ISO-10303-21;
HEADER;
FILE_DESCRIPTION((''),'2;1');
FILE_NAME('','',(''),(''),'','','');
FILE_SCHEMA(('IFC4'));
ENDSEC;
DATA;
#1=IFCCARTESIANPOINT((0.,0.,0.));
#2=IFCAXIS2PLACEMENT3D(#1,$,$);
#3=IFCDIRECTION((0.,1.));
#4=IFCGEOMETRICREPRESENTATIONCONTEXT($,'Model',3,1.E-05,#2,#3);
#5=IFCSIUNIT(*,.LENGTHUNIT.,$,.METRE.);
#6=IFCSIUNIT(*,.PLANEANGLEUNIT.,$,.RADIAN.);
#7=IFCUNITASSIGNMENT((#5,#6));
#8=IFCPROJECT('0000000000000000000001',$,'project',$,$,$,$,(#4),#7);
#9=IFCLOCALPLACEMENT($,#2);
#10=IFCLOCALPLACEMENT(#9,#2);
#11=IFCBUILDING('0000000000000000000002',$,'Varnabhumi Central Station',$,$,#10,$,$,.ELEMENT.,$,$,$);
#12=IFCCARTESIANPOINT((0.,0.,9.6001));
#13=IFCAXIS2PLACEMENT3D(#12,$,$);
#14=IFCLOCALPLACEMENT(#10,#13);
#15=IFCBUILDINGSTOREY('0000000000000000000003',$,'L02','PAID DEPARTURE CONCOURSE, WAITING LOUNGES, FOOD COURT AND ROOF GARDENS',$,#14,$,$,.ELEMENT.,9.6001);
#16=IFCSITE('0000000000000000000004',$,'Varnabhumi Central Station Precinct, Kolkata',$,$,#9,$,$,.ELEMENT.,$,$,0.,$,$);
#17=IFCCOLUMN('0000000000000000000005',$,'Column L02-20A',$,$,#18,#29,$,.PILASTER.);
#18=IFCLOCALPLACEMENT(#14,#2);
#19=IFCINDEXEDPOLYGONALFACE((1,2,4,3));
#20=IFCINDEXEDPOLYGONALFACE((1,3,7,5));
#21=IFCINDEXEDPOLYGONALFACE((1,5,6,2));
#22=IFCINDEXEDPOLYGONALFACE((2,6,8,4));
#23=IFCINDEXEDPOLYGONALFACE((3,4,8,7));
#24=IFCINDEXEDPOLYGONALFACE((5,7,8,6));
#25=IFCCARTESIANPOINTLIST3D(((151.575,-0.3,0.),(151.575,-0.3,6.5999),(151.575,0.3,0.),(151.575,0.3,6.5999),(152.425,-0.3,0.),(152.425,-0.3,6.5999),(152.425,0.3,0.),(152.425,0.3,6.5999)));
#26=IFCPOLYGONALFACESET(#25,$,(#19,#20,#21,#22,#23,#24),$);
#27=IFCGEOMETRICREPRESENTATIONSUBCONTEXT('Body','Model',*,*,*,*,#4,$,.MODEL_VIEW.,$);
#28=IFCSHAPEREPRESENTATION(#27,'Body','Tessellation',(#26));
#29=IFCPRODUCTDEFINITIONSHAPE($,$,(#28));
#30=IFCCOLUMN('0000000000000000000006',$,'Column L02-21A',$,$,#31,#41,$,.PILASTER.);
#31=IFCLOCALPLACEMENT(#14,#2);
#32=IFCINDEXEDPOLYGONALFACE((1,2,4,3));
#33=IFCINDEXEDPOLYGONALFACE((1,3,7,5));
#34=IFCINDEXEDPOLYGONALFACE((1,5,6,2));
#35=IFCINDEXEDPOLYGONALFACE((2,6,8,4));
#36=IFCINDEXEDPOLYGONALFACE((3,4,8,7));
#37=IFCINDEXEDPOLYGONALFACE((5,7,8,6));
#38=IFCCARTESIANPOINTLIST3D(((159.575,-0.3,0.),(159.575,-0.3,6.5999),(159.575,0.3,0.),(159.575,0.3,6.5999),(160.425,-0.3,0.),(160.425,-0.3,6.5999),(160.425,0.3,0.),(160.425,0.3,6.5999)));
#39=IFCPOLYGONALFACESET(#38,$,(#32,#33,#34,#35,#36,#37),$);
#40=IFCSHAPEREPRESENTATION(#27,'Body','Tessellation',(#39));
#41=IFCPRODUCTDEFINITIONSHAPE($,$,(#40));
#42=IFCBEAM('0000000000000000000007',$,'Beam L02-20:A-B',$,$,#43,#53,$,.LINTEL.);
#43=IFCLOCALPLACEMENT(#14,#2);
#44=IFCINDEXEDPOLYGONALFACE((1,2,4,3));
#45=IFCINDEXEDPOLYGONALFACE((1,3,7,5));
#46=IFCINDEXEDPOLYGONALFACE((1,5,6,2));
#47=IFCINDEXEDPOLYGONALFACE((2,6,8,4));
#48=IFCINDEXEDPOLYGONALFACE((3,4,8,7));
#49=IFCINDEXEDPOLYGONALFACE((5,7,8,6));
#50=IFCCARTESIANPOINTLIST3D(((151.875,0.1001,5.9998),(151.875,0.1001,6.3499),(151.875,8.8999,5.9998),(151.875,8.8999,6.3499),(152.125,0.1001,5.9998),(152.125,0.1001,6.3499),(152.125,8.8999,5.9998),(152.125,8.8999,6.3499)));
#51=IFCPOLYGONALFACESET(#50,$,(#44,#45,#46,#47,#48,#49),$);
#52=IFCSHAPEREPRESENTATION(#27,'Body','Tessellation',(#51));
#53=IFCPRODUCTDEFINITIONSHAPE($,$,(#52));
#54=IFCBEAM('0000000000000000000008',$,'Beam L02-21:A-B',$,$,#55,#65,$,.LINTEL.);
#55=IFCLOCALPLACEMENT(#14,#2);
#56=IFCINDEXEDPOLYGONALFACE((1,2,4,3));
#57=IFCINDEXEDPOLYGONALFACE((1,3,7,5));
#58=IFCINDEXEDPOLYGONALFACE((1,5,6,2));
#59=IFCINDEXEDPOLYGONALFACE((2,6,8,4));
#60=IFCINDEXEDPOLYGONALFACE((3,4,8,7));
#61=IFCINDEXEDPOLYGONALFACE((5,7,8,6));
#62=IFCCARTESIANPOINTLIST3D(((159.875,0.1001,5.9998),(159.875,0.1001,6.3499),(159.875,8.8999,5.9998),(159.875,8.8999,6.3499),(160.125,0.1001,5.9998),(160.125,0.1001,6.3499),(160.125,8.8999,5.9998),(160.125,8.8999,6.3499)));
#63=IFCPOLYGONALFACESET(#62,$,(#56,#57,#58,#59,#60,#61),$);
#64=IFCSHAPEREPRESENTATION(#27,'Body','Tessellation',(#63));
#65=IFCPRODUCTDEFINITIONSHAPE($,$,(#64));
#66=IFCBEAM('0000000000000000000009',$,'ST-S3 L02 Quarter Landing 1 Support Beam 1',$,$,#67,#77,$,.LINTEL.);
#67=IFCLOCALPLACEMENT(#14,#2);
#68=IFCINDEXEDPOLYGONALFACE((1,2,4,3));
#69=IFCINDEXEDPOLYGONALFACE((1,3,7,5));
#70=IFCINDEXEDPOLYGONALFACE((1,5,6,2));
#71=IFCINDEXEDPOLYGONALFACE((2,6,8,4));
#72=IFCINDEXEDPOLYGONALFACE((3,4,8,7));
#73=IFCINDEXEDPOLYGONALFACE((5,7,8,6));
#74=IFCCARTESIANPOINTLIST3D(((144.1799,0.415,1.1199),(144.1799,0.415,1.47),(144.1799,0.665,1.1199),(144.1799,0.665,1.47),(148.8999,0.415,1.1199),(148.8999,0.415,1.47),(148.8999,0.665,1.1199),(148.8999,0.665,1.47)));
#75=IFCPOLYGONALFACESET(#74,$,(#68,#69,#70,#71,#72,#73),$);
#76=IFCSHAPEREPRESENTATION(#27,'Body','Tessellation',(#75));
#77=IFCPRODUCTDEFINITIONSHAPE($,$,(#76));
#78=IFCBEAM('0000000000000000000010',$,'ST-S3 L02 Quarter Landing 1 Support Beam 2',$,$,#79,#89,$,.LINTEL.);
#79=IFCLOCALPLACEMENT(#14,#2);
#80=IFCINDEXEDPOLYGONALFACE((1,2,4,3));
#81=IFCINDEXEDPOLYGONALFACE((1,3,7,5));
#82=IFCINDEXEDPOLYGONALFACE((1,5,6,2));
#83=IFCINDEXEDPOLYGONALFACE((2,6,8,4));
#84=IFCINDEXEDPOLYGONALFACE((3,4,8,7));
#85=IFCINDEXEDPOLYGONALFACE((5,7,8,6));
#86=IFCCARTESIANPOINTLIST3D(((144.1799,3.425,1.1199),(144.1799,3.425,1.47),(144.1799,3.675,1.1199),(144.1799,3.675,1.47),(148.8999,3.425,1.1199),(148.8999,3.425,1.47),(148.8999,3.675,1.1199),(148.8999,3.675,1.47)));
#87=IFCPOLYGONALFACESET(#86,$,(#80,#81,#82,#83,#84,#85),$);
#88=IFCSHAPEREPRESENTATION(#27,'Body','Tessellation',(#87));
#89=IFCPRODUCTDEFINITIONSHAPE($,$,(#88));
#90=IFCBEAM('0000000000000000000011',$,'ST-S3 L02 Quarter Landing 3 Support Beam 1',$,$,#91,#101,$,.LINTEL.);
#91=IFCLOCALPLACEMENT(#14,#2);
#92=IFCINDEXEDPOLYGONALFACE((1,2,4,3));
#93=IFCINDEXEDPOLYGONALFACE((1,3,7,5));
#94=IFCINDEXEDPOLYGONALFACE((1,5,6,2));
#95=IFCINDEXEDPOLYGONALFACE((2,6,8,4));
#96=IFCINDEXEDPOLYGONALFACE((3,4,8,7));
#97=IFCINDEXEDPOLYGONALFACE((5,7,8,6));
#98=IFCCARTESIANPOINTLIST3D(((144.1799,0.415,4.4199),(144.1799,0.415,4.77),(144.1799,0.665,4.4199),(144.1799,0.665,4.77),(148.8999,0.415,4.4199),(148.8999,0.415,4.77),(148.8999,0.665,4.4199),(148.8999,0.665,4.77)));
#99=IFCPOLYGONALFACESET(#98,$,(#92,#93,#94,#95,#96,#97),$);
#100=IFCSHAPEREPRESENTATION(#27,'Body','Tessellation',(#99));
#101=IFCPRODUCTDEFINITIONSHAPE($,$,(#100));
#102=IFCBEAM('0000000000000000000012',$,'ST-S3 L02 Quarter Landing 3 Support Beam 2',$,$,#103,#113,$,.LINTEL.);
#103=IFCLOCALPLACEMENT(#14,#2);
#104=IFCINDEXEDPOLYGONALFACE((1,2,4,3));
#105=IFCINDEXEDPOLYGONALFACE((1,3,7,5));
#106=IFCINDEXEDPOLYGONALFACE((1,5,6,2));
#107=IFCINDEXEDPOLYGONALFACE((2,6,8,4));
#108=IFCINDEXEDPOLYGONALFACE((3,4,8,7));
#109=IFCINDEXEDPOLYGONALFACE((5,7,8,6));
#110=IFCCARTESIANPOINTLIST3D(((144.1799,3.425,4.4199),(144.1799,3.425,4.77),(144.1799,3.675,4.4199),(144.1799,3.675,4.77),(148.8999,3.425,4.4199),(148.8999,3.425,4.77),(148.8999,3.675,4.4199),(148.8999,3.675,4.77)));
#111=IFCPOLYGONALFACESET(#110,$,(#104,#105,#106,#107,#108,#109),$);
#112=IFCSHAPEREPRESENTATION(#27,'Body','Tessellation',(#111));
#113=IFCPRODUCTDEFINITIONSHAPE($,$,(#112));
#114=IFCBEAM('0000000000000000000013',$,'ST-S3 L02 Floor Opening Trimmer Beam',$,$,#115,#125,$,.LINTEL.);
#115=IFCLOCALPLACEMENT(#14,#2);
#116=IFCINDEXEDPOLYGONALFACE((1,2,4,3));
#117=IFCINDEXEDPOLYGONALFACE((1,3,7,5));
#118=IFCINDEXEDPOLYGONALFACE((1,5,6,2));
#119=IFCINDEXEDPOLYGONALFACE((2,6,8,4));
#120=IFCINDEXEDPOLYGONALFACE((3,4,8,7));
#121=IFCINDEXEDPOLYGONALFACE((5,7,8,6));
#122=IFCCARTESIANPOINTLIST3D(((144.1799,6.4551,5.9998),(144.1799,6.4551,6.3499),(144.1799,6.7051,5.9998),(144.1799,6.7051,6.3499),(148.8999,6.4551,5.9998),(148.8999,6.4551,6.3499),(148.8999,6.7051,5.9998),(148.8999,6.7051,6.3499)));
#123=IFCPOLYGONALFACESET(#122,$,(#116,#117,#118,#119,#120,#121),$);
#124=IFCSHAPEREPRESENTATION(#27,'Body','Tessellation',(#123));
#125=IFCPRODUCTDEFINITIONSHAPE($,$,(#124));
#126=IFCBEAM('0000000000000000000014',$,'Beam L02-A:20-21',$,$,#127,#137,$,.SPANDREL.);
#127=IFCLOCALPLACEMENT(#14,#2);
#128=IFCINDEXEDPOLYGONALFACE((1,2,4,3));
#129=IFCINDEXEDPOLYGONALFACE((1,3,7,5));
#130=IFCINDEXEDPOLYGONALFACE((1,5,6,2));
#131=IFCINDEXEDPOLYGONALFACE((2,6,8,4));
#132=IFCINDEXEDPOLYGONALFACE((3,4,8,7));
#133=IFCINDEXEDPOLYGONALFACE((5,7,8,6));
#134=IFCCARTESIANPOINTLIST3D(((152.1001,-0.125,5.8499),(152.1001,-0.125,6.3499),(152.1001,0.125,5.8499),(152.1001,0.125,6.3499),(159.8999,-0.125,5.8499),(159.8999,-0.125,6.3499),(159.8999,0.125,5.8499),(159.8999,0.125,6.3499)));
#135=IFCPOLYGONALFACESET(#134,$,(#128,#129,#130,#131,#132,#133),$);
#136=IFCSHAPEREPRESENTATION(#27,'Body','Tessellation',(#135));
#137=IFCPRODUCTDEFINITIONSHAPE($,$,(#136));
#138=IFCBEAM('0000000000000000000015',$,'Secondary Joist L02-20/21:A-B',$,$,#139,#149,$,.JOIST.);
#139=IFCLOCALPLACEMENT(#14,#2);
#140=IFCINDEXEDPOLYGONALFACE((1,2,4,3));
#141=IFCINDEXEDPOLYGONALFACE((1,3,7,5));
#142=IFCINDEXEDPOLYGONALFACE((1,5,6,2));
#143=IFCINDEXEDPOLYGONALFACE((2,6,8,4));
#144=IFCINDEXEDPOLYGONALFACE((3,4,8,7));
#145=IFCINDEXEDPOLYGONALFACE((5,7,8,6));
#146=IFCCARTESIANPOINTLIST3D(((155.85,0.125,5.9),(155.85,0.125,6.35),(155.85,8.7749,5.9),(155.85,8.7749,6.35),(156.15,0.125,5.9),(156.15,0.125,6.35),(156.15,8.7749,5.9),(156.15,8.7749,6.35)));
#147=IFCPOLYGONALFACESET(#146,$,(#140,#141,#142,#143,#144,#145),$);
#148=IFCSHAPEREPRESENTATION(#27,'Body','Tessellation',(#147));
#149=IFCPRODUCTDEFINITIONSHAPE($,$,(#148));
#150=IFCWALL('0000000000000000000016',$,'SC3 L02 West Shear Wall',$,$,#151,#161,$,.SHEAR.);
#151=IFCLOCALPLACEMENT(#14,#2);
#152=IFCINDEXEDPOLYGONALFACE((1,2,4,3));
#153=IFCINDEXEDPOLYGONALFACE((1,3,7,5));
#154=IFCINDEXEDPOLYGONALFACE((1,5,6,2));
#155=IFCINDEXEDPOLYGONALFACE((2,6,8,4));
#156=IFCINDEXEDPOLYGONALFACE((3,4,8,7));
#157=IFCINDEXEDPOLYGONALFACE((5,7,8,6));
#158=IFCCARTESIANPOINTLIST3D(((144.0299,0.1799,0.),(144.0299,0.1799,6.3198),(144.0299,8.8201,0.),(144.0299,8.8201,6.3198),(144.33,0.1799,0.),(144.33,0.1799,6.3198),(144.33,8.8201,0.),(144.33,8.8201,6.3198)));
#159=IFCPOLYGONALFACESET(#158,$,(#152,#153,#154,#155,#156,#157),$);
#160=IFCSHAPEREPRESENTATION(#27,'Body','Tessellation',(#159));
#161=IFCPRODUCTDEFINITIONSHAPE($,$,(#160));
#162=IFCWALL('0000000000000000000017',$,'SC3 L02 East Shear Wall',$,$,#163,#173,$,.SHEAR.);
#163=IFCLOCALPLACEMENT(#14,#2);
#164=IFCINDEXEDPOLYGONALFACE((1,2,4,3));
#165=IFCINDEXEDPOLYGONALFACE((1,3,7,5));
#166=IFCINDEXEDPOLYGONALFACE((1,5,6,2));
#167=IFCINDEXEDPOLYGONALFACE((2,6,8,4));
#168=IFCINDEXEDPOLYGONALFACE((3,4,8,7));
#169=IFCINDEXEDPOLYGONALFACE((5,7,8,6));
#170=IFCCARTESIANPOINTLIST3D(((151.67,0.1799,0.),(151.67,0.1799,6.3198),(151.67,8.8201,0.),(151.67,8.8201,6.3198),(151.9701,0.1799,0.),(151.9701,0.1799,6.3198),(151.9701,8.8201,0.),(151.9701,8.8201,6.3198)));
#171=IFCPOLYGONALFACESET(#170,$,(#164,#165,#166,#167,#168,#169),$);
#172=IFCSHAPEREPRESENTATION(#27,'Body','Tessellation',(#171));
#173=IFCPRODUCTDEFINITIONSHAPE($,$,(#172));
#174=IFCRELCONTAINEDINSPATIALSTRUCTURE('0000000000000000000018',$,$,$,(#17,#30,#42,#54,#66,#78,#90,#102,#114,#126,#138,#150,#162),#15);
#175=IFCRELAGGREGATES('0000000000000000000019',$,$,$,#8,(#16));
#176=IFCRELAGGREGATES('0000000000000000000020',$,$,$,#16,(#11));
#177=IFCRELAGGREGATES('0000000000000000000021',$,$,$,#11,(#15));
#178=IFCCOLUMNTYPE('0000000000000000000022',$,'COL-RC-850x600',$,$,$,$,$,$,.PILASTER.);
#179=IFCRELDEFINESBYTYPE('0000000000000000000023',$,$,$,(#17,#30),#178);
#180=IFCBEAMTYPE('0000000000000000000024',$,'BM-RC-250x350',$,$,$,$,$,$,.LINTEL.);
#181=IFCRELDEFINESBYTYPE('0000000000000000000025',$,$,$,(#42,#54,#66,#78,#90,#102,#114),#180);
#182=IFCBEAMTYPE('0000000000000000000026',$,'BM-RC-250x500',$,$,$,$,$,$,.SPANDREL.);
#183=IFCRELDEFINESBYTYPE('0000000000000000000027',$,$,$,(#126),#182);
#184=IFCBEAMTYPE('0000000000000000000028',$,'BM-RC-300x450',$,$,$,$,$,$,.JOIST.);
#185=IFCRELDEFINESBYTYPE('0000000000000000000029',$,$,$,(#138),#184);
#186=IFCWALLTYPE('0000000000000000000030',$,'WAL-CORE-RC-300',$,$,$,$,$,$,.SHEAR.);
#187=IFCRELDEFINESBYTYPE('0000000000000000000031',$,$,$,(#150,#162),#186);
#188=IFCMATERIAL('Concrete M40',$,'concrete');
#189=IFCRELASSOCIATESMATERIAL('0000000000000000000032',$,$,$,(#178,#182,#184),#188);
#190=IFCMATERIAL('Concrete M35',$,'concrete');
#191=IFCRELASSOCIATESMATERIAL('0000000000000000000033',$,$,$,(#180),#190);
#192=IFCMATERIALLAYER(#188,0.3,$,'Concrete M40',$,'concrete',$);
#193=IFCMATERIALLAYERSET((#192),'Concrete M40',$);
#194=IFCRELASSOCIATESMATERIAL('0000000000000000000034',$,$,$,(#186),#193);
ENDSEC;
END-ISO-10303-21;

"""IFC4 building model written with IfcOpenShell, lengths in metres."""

from ifc_helpers import new_model, si_unit, direction, frame, frame_2d, origin, origin_2d, place, context, subcontext, project, spatial, rectangle, extrude, material, layer, layer_set, material_profile, profile_set, type_object, element, save


model = new_model("IFC4")

# Units and contexts
model_context = context("Model", 3, precision=1e-05, world=origin(), true_north=direction((0.0, 1.0)))
body_context = subcontext(model_context, "Body", "Model", "MODEL_VIEW")
ifc_project = project(units=[si_unit("LENGTHUNIT", "METRE"), si_unit("PLANEANGLEUNIT", "RADIAN")], contexts=[model_context])

# Site, building, storey
site_placement = place(None, origin())
site = spatial("IfcSite", under=ifc_project, at=site_placement, Name="Varnabhumi Central Station Precinct, Kolkata", CompositionType="ELEMENT", RefElevation=0.0)
building_placement = place(site_placement, origin())
building = spatial("IfcBuilding", under=site, at=building_placement, Name="Varnabhumi Central Station", CompositionType="ELEMENT")
storey_placement = place(building_placement, frame((0.0, 0.0, 9.6001)))
storey = spatial("IfcBuildingStorey", under=building, at=storey_placement, Name="L02", Description="PAID DEPARTURE CONCOURSE, WAITING LOUNGES, FOOD COURT AND ROOF GARDENS", CompositionType="ELEMENT", Elevation=9.6001)

# Columns
ifc_material_1 = material(Name="Concrete M40", Category="concrete")
ifc_material_profile_1 = material_profile(ifc_material_1, rectangle(XDim=0.8501, YDim=0.6001, at=origin_2d()), Name="Concrete M40", Category="concrete")
ifc_profile_set_1 = profile_set([ifc_material_profile_1], Name="Concrete M40")
column_type = type_object("IfcColumnType", Name="COL-RC-850x600", PredefinedType="PILASTER", material=ifc_profile_set_1)
for number, where, z_axis, x_axis, name in (
    (1, (152.0, 0.0, 0.0), (0.0, 0.0, 1.0), (1.0, 0.0, 0.0), "Column L02-20A"),
    (2, (160.0, 0.0, 0.0), (0.0, 0.0, 1.0), (1.0, 0.0, 0.0), "Column L02-21A"),
):
    element("IfcColumn", number, at=place(storey_placement, frame(where, z_axis=z_axis, x_axis=x_axis)), inside=storey, type_object=column_type, Name=name, PredefinedType="PILASTER", context=body_context, shape_type="SweptSolid", body=[
        extrude(rectangle(XDim=0.8501, YDim=0.6001, at=origin_2d()), origin(), (0.0, 0.0, 1.0), 6.5999),
    ])

# Beams
ifc_material_2 = material(Name="Concrete M35", Category="concrete")
ifc_material_profile_2 = material_profile(ifc_material_2, rectangle(XDim=0.25, YDim=0.3501, at=origin_2d()), Name="Concrete M35", Category="concrete")
ifc_profile_set_2 = profile_set([ifc_material_profile_2], Name="Concrete M35")
beam_type_1 = type_object("IfcBeamType", Name="BM-RC-250x350", PredefinedType="LINTEL", material=ifc_profile_set_2)
for number, where, z_axis, x_axis, name in (
    (3, (152.0, 0.1001, 6.1748), (0.0, 1.0, 0.0), (-1.0, 0.0, 0.0), "Beam L02-20:A-B"),
    (4, (160.0, 0.1001, 6.1748), (0.0, 1.0, 0.0), (-1.0, 0.0, 0.0), "Beam L02-21:A-B"),
):
    element("IfcBeam", number, at=place(storey_placement, frame(where, z_axis=z_axis, x_axis=x_axis)), inside=storey, type_object=beam_type_1, Name=name, PredefinedType="LINTEL", context=body_context, shape_type="SweptSolid", body=[
        extrude(rectangle(XDim=0.25, YDim=0.3501, at=origin_2d()), origin(), (0.0, 0.0, 1.0), 8.7998),
    ])
for number, where, z_axis, x_axis, name in (
    (5, (144.1799, 0.54, 1.2949), (1.0, 0.0, 0.0), (0.0, 1.0, 0.0), "ST-S3 L02 Quarter Landing 1 Support Beam 1"),
    (6, (144.1799, 3.55, 1.2949), (1.0, 0.0, 0.0), (0.0, 1.0, 0.0), "ST-S3 L02 Quarter Landing 1 Support Beam 2"),
    (7, (144.1799, 0.54, 4.595), (1.0, 0.0, 0.0), (0.0, 1.0, 0.0), "ST-S3 L02 Quarter Landing 3 Support Beam 1"),
    (8, (144.1799, 3.55, 4.595), (1.0, 0.0, 0.0), (0.0, 1.0, 0.0), "ST-S3 L02 Quarter Landing 3 Support Beam 2"),
    (9, (144.1799, 6.5801, 6.1748), (1.0, 0.0, 0.0), (0.0, 1.0, 0.0), "ST-S3 L02 Floor Opening Trimmer Beam"),
):
    element("IfcBeam", number, at=place(storey_placement, frame(where, z_axis=z_axis, x_axis=x_axis)), inside=storey, type_object=beam_type_1, Name=name, PredefinedType="LINTEL", context=body_context, shape_type="SweptSolid", body=[
        extrude(rectangle(XDim=0.25, YDim=0.3501, at=origin_2d()), origin(), (0.0, 0.0, 1.0), 4.72),
    ])
ifc_material_profile_3 = material_profile(ifc_material_1, rectangle(XDim=0.25, YDim=0.5, at=origin_2d()), Name="Concrete M40", Category="concrete")
ifc_profile_set_3 = profile_set([ifc_material_profile_3], Name="Concrete M40")
beam_type_2 = type_object("IfcBeamType", Name="BM-RC-250x500", PredefinedType="SPANDREL", material=ifc_profile_set_3)
beam_1_placement = place(storey_placement, frame((152.1001, 0.0, 6.0999), z_axis=(1.0, 0.0, 0.0), x_axis=(0.0, 1.0, 0.0)))
element("IfcBeam", 10, at=beam_1_placement, inside=storey, type_object=beam_type_2, Name="Beam L02-A:20-21", PredefinedType="SPANDREL", context=body_context, shape_type="SweptSolid", body=[
    extrude(rectangle(XDim=0.25, YDim=0.5, at=origin_2d()), origin(), (0.0, 0.0, 1.0), 7.7998),
])
ifc_material_profile_4 = material_profile(ifc_material_1, rectangle(XDim=0.3, YDim=0.45, at=origin_2d()), Name="Concrete M40", Category="concrete")
ifc_profile_set_4 = profile_set([ifc_material_profile_4], Name="Concrete M40")
beam_type_3 = type_object("IfcBeamType", Name="BM-RC-300x450", PredefinedType="JOIST", material=ifc_profile_set_4)
beam_2_placement = place(storey_placement, frame((156.0, 0.125, 6.125), z_axis=(0.0, 1.0, 0.0), x_axis=(-1.0, 0.0, 0.0)))
element("IfcBeam", 11, at=beam_2_placement, inside=storey, type_object=beam_type_3, Name="Secondary Joist L02-20/21:A-B", PredefinedType="JOIST", context=body_context, shape_type="SweptSolid", body=[
    extrude(rectangle(XDim=0.3, YDim=0.45, at=origin_2d()), origin(), (0.0, 0.0, 1.0), 8.6499),
])

# Walls
ifc_layer_1 = layer(ifc_material_1, 0.3, Name="Concrete M40", Category="concrete")
ifc_layer_set_1 = layer_set([ifc_layer_1], Name="Concrete M40")
wall_type_1 = type_object("IfcWallType", Name="WAL-CORE-RC-300", PredefinedType="SHEAR", material=ifc_layer_set_1)
for number, where, z_axis, x_axis, name in (
    (12, (144.1799, 0.1799, 0.0), (0.0, 0.0, 1.0), (0.0, 1.0, 0.0), "SC3 L02 West Shear Wall"),
    (13, (151.8201, 0.1799, 0.0), (0.0, 0.0, 1.0), (0.0, 1.0, 0.0), "SC3 L02 East Shear Wall"),
):
    element("IfcWall", number, at=place(storey_placement, frame(where, z_axis=z_axis, x_axis=x_axis)), inside=storey, type_object=wall_type_1, Name=name, PredefinedType="SHEAR", context=body_context, shape_type="SweptSolid", body=[
        extrude(rectangle(XDim=8.6401, YDim=0.3, at=frame_2d((4.3201, 0.0))), origin(), (0.0, 0.0, 1.0), 6.3198),
    ])

save(model, "model.ifc")
